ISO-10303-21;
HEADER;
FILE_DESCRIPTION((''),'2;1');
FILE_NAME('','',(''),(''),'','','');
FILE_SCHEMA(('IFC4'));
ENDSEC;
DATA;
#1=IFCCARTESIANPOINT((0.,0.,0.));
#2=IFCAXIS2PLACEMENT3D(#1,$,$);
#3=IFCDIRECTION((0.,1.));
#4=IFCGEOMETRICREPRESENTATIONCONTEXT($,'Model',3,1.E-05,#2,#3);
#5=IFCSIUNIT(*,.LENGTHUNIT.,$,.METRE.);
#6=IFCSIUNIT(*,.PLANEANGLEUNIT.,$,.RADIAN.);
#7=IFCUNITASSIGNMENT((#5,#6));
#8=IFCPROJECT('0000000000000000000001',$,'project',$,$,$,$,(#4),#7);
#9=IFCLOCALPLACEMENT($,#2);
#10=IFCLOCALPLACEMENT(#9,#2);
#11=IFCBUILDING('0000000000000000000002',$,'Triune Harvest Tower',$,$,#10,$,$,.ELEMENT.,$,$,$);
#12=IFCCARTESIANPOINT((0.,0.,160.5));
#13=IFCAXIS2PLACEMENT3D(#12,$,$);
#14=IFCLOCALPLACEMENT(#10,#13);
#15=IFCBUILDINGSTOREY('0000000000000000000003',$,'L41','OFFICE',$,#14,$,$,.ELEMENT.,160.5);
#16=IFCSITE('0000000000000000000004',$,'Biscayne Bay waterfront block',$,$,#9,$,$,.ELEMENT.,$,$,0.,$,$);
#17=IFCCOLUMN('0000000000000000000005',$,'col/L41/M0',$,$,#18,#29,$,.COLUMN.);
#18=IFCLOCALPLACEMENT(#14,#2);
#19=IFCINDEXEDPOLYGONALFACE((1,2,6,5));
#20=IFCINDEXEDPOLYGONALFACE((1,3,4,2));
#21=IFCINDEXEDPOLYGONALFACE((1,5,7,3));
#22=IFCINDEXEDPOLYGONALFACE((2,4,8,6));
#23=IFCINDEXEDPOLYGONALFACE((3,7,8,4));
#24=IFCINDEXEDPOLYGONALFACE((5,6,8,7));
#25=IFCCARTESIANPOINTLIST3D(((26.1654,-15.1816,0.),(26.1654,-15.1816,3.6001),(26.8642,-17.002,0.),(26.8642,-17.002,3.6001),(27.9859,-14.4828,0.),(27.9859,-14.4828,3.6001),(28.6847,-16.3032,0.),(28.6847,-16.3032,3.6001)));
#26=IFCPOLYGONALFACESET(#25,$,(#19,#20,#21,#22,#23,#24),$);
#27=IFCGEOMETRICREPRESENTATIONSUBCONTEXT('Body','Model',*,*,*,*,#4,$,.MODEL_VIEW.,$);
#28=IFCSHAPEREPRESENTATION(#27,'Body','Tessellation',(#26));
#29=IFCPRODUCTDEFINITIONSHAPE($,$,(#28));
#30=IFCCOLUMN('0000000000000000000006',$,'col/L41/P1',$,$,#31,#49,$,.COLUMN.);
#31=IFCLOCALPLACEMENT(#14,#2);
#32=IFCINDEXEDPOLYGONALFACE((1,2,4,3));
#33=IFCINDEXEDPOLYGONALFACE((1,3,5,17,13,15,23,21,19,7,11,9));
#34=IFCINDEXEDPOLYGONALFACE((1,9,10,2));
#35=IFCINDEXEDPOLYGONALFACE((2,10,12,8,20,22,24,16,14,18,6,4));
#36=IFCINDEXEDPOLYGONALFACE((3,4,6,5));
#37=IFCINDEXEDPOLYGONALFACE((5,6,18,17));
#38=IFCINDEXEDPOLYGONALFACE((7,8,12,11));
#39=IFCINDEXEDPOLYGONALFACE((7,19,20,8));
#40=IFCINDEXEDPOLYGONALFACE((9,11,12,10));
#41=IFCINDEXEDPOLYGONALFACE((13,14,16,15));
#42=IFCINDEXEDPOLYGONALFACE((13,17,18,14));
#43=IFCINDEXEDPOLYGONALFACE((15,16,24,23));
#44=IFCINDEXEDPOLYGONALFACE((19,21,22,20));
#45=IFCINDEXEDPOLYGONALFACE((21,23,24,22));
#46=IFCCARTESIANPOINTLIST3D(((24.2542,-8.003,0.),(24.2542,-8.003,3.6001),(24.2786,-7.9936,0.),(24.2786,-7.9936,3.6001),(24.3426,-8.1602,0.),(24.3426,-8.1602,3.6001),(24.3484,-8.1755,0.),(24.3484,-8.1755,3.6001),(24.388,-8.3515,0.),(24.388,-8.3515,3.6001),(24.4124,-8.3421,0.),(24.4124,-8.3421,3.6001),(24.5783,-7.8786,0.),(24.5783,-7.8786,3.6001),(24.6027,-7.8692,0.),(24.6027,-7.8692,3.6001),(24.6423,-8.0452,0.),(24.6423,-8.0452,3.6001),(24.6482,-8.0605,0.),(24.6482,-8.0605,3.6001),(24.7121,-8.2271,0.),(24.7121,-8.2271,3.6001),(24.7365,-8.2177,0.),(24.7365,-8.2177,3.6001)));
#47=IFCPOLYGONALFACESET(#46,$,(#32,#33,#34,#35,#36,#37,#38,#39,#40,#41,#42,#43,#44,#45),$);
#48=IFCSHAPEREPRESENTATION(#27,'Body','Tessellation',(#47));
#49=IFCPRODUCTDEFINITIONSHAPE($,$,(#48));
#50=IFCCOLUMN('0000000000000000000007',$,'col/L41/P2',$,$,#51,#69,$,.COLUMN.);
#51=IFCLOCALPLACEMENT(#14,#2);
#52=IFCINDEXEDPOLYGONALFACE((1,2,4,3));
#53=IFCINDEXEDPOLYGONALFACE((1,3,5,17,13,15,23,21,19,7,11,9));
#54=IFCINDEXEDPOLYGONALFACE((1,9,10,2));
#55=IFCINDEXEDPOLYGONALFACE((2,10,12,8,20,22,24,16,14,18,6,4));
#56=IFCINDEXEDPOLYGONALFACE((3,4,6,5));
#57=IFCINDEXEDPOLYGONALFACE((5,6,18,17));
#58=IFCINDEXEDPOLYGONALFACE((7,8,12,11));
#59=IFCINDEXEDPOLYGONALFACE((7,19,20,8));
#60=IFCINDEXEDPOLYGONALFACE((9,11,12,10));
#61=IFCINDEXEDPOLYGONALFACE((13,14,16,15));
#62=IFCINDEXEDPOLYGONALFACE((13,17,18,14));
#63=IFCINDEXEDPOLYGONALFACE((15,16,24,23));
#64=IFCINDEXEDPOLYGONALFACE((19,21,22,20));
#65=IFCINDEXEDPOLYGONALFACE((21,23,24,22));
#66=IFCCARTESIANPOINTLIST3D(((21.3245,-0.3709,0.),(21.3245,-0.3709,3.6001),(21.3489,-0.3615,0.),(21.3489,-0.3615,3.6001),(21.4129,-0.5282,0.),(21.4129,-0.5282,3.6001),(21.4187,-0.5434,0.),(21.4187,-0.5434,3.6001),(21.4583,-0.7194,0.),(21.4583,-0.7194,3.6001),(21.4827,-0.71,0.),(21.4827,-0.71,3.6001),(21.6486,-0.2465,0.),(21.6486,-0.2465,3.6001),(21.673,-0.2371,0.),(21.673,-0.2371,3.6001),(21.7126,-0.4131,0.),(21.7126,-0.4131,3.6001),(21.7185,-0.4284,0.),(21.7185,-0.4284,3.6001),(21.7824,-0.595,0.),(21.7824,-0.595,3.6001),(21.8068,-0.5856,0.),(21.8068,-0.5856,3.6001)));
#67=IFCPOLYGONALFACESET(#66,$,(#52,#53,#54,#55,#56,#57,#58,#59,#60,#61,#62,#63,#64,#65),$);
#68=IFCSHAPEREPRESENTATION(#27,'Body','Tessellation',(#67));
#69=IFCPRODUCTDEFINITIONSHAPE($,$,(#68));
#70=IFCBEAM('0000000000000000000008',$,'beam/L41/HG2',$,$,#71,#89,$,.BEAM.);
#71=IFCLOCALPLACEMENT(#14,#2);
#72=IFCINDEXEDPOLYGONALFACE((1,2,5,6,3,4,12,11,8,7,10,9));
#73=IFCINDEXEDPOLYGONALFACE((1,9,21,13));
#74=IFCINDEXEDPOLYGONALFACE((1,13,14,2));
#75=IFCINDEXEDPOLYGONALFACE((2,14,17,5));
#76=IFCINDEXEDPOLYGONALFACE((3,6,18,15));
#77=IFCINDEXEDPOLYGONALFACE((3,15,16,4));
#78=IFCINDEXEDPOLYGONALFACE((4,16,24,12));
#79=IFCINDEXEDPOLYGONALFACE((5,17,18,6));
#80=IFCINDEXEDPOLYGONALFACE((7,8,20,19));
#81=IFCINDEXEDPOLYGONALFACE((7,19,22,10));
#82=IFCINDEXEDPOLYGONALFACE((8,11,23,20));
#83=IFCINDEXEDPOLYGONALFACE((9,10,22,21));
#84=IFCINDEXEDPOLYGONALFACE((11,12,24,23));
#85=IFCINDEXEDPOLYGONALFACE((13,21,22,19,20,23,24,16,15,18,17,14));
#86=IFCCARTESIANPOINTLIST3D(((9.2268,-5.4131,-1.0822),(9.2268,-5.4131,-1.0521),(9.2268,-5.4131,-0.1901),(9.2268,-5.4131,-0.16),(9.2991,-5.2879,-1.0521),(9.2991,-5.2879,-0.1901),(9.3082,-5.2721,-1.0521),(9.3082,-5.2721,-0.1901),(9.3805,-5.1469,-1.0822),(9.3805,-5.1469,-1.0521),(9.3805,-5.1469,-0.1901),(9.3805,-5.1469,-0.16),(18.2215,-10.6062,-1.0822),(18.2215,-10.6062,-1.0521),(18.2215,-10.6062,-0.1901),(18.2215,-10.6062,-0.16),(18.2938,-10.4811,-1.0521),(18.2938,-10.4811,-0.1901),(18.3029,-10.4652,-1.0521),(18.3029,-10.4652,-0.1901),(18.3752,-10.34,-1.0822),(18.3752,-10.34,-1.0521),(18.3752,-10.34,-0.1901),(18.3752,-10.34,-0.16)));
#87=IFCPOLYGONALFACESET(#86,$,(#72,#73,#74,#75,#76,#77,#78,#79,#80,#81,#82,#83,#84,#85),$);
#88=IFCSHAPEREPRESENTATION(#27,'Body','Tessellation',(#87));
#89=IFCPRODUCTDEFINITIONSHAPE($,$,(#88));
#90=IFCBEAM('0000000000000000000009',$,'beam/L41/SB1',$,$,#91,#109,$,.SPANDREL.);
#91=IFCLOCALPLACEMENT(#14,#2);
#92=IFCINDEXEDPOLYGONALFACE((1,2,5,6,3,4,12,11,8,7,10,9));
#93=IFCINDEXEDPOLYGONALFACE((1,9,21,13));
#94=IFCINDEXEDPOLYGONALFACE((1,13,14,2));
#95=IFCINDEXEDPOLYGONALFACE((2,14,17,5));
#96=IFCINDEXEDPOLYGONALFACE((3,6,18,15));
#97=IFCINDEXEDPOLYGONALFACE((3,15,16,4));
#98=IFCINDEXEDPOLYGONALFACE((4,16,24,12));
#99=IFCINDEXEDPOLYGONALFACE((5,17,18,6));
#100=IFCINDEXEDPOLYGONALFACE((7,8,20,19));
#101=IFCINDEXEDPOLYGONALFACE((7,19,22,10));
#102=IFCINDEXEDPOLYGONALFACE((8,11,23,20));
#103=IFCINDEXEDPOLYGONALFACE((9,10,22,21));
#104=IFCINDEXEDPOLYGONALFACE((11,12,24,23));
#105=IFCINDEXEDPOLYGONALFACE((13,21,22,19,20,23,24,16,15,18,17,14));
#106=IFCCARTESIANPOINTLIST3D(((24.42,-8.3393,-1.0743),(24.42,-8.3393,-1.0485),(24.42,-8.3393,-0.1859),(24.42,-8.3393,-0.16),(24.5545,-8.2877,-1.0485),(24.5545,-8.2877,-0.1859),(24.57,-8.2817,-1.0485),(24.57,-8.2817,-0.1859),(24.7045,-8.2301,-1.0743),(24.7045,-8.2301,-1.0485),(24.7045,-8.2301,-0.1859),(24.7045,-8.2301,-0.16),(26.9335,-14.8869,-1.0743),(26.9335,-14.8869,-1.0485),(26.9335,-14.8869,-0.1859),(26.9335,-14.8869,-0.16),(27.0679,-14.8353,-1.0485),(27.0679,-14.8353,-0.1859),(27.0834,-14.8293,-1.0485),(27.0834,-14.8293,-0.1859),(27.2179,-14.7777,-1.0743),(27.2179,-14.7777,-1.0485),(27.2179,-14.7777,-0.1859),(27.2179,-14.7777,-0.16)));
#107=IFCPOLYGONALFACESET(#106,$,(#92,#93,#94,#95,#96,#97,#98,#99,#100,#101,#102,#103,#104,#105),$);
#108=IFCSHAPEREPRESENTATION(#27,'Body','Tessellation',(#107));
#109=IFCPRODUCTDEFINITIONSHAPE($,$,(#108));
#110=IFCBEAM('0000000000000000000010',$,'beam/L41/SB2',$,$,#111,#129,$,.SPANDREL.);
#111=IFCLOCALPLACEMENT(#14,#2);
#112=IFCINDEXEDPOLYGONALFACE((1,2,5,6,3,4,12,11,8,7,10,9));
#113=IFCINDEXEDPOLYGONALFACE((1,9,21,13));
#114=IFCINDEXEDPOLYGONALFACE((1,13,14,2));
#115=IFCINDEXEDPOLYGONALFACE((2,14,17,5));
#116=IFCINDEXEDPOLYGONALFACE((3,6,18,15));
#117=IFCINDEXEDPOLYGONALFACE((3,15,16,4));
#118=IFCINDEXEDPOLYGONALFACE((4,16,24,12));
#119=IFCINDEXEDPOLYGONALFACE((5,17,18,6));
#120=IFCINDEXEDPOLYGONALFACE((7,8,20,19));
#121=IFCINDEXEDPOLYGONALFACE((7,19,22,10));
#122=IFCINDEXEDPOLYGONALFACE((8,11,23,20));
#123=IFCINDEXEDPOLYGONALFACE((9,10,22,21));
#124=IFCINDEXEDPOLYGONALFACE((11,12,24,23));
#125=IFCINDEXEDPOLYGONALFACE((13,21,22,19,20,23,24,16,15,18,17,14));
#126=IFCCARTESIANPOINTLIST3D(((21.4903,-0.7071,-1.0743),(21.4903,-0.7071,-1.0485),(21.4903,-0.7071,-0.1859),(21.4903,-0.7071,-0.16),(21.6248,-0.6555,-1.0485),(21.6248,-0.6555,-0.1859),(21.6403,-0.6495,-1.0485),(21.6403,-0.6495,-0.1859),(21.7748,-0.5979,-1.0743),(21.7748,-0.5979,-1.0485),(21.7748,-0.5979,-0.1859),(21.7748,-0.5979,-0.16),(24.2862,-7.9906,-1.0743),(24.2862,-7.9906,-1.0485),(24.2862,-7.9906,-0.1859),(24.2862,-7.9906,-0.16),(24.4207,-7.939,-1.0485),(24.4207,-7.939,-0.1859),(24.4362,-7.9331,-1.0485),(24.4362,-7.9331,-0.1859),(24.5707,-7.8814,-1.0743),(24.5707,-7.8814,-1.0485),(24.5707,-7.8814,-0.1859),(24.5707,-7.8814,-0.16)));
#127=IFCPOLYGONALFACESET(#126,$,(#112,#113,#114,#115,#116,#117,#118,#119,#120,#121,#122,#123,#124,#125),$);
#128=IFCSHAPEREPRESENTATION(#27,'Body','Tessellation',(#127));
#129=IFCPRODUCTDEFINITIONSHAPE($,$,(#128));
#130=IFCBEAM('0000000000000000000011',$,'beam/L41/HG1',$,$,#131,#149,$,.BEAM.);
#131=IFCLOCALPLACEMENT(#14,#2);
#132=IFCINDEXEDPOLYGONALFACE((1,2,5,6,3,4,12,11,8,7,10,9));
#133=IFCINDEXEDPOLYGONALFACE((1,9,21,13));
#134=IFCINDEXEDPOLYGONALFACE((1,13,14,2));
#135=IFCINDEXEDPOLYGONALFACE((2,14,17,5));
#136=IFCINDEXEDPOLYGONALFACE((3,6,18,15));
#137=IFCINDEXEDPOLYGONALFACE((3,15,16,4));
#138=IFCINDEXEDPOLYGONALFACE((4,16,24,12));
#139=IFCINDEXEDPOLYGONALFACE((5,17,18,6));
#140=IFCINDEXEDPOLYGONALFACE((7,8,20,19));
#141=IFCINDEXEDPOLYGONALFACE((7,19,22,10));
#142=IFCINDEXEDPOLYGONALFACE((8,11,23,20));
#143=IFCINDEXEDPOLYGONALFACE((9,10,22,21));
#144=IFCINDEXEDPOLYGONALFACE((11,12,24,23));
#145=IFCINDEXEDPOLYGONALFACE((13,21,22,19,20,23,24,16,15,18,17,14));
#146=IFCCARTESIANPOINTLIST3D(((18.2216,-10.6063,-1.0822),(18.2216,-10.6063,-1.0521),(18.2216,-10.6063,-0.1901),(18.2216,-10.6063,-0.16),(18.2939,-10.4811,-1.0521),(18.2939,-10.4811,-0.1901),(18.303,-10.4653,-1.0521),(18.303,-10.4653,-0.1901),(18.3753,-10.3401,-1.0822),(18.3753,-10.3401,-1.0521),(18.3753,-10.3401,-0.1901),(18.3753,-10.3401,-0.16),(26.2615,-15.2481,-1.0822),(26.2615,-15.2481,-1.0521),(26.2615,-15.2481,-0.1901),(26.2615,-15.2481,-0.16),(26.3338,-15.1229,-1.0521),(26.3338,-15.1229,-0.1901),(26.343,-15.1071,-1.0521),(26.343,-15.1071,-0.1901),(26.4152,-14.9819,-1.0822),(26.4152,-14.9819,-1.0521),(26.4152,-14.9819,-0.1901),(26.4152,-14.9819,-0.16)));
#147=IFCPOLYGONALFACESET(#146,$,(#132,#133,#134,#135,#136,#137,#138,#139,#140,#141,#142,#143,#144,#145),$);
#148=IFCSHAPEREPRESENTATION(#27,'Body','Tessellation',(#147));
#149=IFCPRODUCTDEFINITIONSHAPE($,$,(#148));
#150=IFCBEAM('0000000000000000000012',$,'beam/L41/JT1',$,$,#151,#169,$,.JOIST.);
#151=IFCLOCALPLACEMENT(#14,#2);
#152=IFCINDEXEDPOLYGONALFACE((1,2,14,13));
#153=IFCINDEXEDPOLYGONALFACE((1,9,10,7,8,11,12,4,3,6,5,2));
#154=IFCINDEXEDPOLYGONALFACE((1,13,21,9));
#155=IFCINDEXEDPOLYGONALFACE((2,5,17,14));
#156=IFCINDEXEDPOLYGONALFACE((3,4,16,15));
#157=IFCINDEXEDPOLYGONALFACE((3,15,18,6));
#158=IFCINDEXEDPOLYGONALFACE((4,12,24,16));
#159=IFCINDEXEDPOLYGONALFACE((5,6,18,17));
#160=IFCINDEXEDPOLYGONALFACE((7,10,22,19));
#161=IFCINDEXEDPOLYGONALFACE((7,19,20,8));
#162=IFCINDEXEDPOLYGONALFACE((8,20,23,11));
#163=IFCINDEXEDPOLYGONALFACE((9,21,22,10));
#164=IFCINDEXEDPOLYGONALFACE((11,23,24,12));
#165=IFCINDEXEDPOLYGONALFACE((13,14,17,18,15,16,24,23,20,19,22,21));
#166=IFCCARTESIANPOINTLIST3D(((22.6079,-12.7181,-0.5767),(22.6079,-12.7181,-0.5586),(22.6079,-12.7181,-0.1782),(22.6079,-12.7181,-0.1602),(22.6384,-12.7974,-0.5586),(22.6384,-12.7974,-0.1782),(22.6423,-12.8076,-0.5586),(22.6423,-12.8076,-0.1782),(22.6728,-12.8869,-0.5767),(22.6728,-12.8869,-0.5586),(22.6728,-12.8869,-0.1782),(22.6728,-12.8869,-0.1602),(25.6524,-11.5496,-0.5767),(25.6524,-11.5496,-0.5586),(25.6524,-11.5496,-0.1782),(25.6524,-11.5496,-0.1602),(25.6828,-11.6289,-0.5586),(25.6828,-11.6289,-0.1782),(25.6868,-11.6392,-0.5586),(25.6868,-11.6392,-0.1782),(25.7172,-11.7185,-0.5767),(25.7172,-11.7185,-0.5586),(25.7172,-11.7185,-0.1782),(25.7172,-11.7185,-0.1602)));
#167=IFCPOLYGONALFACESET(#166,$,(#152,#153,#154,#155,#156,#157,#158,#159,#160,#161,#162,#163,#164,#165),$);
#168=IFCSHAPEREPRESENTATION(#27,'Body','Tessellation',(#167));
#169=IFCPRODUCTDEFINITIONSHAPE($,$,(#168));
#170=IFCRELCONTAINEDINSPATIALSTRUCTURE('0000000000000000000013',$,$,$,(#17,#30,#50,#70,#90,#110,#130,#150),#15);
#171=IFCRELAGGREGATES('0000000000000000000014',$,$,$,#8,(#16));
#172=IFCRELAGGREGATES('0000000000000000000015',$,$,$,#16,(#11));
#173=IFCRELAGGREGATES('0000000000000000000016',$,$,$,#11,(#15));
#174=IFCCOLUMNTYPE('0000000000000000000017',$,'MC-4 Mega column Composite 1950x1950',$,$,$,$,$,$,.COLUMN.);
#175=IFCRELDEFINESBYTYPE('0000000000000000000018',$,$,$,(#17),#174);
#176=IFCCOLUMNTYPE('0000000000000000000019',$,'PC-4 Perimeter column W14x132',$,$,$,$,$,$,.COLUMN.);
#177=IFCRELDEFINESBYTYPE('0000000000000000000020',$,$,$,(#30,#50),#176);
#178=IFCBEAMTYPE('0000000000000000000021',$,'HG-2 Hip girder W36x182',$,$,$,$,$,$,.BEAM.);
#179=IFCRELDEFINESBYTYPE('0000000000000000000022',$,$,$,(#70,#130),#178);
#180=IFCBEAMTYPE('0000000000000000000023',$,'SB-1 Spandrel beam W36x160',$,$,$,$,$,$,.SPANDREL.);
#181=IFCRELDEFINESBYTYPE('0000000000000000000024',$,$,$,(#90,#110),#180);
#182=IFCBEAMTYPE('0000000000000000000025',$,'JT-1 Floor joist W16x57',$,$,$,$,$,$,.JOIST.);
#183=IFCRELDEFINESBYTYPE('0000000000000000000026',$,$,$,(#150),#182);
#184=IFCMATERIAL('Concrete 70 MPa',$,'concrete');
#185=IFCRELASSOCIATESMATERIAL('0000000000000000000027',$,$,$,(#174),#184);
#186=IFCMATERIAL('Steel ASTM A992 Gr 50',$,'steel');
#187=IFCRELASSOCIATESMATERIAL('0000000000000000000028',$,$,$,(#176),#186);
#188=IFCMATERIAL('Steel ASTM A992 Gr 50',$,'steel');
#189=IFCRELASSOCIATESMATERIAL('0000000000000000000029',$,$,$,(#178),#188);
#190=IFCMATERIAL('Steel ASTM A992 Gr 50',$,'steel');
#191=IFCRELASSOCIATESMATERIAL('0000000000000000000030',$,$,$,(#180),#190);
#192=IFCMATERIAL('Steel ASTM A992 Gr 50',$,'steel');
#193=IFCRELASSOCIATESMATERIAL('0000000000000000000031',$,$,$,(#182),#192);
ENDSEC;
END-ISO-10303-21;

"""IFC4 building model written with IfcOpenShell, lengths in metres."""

from ifc_helpers import new_model, si_unit, direction, frame, origin, origin_2d, place, context, subcontext, project, spatial, rectangle, i_section, extrude, source, transform, mapped, material, material_profile, profile_set, type_object, element, save


model = new_model("IFC4")

# Units and contexts
model_context = context("Model", 3, precision=1e-05, world=origin(), true_north=direction((0.0, 1.0)))
body_context = subcontext(model_context, "Body", "Model", "MODEL_VIEW")
ifc_project = project(units=[si_unit("LENGTHUNIT", "METRE"), si_unit("PLANEANGLEUNIT", "RADIAN")], contexts=[model_context])

# Site, building, storey
site_placement = place(None, origin())
site = spatial("IfcSite", under=ifc_project, at=site_placement, Name="Biscayne Bay waterfront block", CompositionType="ELEMENT", RefElevation=0.0)
building_placement = place(site_placement, origin())
building = spatial("IfcBuilding", under=site, at=building_placement, Name="Triune Harvest Tower", CompositionType="ELEMENT")
storey_placement = place(building_placement, frame((0.0, 0.0, 160.5)))
storey = spatial("IfcBuildingStorey", under=building, at=storey_placement, Name="L41", Description="OFFICE", CompositionType="ELEMENT", Elevation=160.5)

# Columns
ifc_material_1 = material(Name="Concrete 70 MPa", Category="concrete")
ifc_material_profile_1 = material_profile(ifc_material_1, rectangle(XDim=1.95, YDim=1.95, at=origin_2d()), Name="Composite 1950x1950")
ifc_profile_set_1 = profile_set([ifc_material_profile_1], Name="Concrete 70 MPa")
column_type_1 = type_object("IfcColumnType", Name="MC-4 Mega column Composite 1950x1950", PredefinedType="COLUMN", material=ifc_profile_set_1)
shared_shape_1 = source(origin(), body_context, "Body", "SweptSolid", [
    extrude(rectangle(XDim=1.95, YDim=1.95, at=origin_2d()), origin(), (0.0, 0.0, 1.0), 3.6001),
])
column_placement = place(storey_placement, frame((27.425, -15.7424, 0.0), z_axis=(0.0, 0.0, 1.0), x_axis=(-0.358368, 0.93358, 0.0)))
element("IfcColumn", 1, at=column_placement, inside=storey, type_object=column_type_1, Name="col/L41/M0", PredefinedType="COLUMN", context=body_context, shape_type="MappedRepresentation", body=[
    mapped(shared_shape_1, transform((0.0, 0.0, 0.0), scale=1.0)),
])
ifc_material_2 = material(Name="Steel ASTM A992 Gr 50", Category="steel")
ifc_material_profile_2 = material_profile(ifc_material_2, i_section(OverallWidth=0.3733, OverallDepth=0.3733, WebThickness=0.0164, FlangeThickness=0.0261, at=origin_2d()), Name="W14x132")
ifc_profile_set_2 = profile_set([ifc_material_profile_2], Name="Steel ASTM A992 Gr 50")
column_type_2 = type_object("IfcColumnType", Name="PC-4 Perimeter column W14x132", PredefinedType="COLUMN", material=ifc_profile_set_2)
shared_shape_2 = source(origin(), body_context, "Body", "SweptSolid", [
    extrude(i_section(OverallWidth=0.3733, OverallDepth=0.3733, WebThickness=0.0164, FlangeThickness=0.0261, at=origin_2d()), origin(), (0.0, 0.0, 1.0), 3.6001),
])
for number, where, z_axis, x_axis, name in (
    (2, (24.4954, -8.1104, 0.0), (0.0, 0.0, 1.0), (-0.358368, 0.93358, 0.0), "col/L41/P1"),
    (3, (21.5657, -0.4783, 0.0), (0.0, 0.0, 1.0), (-0.358368, 0.93358, 0.0), "col/L41/P2"),
):
    element("IfcColumn", number, at=place(storey_placement, frame(where, z_axis=z_axis, x_axis=x_axis)), inside=storey, type_object=column_type_2, Name=name, PredefinedType="COLUMN", context=body_context, shape_type="MappedRepresentation", body=[
        mapped(shared_shape_2, transform((0.0, 0.0, 0.0), scale=1.0)),
    ])

# Beams
ifc_material_3 = material(Name="Steel ASTM A992 Gr 50", Category="steel")
ifc_material_profile_3 = material_profile(ifc_material_3, i_section(OverallWidth=0.3074, OverallDepth=0.9221, WebThickness=0.0183, FlangeThickness=0.03, at=origin_2d()), Name="W36x182")
ifc_profile_set_3 = profile_set([ifc_material_profile_3], Name="Steel ASTM A992 Gr 50")
beam_type_1 = type_object("IfcBeamType", Name="HG-2 Hip girder W36x182", PredefinedType="BEAM", material=ifc_profile_set_3)
shared_shape_3 = source(origin(), body_context, "Body", "SweptSolid", [
    extrude(i_section(OverallWidth=0.3074, OverallDepth=0.9221, WebThickness=0.0183, FlangeThickness=0.03, at=origin_2d()), origin(), (0.0, 0.0, 1.0), 10.3862),
])
beam_1_placement = place(storey_placement, frame((18.2983, -10.4731, -0.6211), z_axis=(-0.866023, 0.500005, 0.0), x_axis=(-0.500005, -0.866023, 0.0)))
element("IfcBeam", 4, at=beam_1_placement, inside=storey, type_object=beam_type_1, Name="beam/L41/HG2", PredefinedType="BEAM", context=body_context, shape_type="MappedRepresentation", body=[
    mapped(shared_shape_3, transform((0.0, 0.0, 0.0), scale=1.0)),
])
ifc_material_4 = material(Name="Steel ASTM A992 Gr 50", Category="steel")
ifc_material_profile_4 = material_profile(ifc_material_4, i_section(OverallWidth=0.3047, OverallDepth=0.9143, WebThickness=0.0166, FlangeThickness=0.0259, at=origin_2d()), Name="W36x160")
ifc_profile_set_4 = profile_set([ifc_material_profile_4], Name="Steel ASTM A992 Gr 50")
beam_type_2 = type_object("IfcBeamType", Name="SB-1 Spandrel beam W36x160", PredefinedType="SPANDREL", material=ifc_profile_set_4)
shared_shape_4 = source(origin(), body_context, "Body", "SweptSolid", [
    extrude(i_section(OverallWidth=0.3047, OverallDepth=0.9143, WebThickness=0.0166, FlangeThickness=0.0259, at=origin_2d()), origin(), (0.0, 0.0, 1.0), 7.0134),
])
beam_2_placement = place(storey_placement, frame((27.0757, -14.8323, -0.6172), z_axis=(-0.358373, 0.933579, 0.0), x_axis=(-0.933579, -0.358373, 0.0)))
element("IfcBeam", 5, at=beam_2_placement, inside=storey, type_object=beam_type_2, Name="beam/L41/SB1", PredefinedType="SPANDREL", context=body_context, shape_type="MappedRepresentation", body=[
    mapped(shared_shape_4, transform((0.0, 0.0, 0.0), scale=1.0)),
])
shared_shape_5 = source(origin(), body_context, "Body", "SweptSolid", [
    extrude(i_section(OverallWidth=0.3047, OverallDepth=0.9143, WebThickness=0.0166, FlangeThickness=0.0259, at=origin_2d()), origin(), (0.0, 0.0, 1.0), 7.8018),
])
beam_3_placement = place(storey_placement, frame((24.4285, -7.936, -0.6172), z_axis=(-0.358373, 0.933578, 0.0), x_axis=(-0.933578, -0.358373, 0.0)))
element("IfcBeam", 6, at=beam_3_placement, inside=storey, type_object=beam_type_2, Name="beam/L41/SB2", PredefinedType="SPANDREL", context=body_context, shape_type="MappedRepresentation", body=[
    mapped(shared_shape_5, transform((0.0, 0.0, 0.0), scale=1.0)),
])
shared_shape_6 = source(origin(), body_context, "Body", "SweptSolid", [
    extrude(i_section(OverallWidth=0.3074, OverallDepth=0.9221, WebThickness=0.0183, FlangeThickness=0.03, at=origin_2d()), origin(), (0.0, 0.0, 1.0), 9.2837),
])
beam_4_placement = place(storey_placement, frame((26.3384, -15.115, -0.6211), z_axis=(-0.866029, 0.499994, 0.0), x_axis=(-0.499994, -0.866029, 0.0)))
element("IfcBeam", 7, at=beam_4_placement, inside=storey, type_object=beam_type_1, Name="beam/L41/HG1", PredefinedType="BEAM", context=body_context, shape_type="MappedRepresentation", body=[
    mapped(shared_shape_6, transform((0.0, 0.0, 0.0), scale=1.0)),
])
ifc_material_5 = material(Name="Steel ASTM A992 Gr 50", Category="steel")
ifc_material_profile_5 = material_profile(ifc_material_5, i_section(OverallWidth=0.1809, OverallDepth=0.4165, WebThickness=0.011, FlangeThickness=0.0181, at=origin_2d()), Name="W16x57")
ifc_profile_set_5 = profile_set([ifc_material_profile_5], Name="Steel ASTM A992 Gr 50")
beam_type_3 = type_object("IfcBeamType", Name="JT-1 Floor joist W16x57", PredefinedType="JOIST", material=ifc_profile_set_5)
shared_shape_7 = source(origin(), body_context, "Body", "SweptSolid", [
    extrude(i_section(OverallWidth=0.1809, OverallDepth=0.4165, WebThickness=0.011, FlangeThickness=0.0181, at=origin_2d()), origin(), (0.0, 0.0, 1.0), 3.261),
])
beam_5_placement = place(storey_placement, frame((25.6848, -11.634, -0.3684), z_axis=(-0.9336, -0.358317, 0.0), x_axis=(0.358317, -0.9336, 0.0)))
element("IfcBeam", 8, at=beam_5_placement, inside=storey, type_object=beam_type_3, Name="beam/L41/JT1", PredefinedType="JOIST", context=body_context, shape_type="MappedRepresentation", body=[
    mapped(shared_shape_7, transform((0.0, 0.0, 0.0), scale=1.0)),
])

save(model, "model.ifc")
